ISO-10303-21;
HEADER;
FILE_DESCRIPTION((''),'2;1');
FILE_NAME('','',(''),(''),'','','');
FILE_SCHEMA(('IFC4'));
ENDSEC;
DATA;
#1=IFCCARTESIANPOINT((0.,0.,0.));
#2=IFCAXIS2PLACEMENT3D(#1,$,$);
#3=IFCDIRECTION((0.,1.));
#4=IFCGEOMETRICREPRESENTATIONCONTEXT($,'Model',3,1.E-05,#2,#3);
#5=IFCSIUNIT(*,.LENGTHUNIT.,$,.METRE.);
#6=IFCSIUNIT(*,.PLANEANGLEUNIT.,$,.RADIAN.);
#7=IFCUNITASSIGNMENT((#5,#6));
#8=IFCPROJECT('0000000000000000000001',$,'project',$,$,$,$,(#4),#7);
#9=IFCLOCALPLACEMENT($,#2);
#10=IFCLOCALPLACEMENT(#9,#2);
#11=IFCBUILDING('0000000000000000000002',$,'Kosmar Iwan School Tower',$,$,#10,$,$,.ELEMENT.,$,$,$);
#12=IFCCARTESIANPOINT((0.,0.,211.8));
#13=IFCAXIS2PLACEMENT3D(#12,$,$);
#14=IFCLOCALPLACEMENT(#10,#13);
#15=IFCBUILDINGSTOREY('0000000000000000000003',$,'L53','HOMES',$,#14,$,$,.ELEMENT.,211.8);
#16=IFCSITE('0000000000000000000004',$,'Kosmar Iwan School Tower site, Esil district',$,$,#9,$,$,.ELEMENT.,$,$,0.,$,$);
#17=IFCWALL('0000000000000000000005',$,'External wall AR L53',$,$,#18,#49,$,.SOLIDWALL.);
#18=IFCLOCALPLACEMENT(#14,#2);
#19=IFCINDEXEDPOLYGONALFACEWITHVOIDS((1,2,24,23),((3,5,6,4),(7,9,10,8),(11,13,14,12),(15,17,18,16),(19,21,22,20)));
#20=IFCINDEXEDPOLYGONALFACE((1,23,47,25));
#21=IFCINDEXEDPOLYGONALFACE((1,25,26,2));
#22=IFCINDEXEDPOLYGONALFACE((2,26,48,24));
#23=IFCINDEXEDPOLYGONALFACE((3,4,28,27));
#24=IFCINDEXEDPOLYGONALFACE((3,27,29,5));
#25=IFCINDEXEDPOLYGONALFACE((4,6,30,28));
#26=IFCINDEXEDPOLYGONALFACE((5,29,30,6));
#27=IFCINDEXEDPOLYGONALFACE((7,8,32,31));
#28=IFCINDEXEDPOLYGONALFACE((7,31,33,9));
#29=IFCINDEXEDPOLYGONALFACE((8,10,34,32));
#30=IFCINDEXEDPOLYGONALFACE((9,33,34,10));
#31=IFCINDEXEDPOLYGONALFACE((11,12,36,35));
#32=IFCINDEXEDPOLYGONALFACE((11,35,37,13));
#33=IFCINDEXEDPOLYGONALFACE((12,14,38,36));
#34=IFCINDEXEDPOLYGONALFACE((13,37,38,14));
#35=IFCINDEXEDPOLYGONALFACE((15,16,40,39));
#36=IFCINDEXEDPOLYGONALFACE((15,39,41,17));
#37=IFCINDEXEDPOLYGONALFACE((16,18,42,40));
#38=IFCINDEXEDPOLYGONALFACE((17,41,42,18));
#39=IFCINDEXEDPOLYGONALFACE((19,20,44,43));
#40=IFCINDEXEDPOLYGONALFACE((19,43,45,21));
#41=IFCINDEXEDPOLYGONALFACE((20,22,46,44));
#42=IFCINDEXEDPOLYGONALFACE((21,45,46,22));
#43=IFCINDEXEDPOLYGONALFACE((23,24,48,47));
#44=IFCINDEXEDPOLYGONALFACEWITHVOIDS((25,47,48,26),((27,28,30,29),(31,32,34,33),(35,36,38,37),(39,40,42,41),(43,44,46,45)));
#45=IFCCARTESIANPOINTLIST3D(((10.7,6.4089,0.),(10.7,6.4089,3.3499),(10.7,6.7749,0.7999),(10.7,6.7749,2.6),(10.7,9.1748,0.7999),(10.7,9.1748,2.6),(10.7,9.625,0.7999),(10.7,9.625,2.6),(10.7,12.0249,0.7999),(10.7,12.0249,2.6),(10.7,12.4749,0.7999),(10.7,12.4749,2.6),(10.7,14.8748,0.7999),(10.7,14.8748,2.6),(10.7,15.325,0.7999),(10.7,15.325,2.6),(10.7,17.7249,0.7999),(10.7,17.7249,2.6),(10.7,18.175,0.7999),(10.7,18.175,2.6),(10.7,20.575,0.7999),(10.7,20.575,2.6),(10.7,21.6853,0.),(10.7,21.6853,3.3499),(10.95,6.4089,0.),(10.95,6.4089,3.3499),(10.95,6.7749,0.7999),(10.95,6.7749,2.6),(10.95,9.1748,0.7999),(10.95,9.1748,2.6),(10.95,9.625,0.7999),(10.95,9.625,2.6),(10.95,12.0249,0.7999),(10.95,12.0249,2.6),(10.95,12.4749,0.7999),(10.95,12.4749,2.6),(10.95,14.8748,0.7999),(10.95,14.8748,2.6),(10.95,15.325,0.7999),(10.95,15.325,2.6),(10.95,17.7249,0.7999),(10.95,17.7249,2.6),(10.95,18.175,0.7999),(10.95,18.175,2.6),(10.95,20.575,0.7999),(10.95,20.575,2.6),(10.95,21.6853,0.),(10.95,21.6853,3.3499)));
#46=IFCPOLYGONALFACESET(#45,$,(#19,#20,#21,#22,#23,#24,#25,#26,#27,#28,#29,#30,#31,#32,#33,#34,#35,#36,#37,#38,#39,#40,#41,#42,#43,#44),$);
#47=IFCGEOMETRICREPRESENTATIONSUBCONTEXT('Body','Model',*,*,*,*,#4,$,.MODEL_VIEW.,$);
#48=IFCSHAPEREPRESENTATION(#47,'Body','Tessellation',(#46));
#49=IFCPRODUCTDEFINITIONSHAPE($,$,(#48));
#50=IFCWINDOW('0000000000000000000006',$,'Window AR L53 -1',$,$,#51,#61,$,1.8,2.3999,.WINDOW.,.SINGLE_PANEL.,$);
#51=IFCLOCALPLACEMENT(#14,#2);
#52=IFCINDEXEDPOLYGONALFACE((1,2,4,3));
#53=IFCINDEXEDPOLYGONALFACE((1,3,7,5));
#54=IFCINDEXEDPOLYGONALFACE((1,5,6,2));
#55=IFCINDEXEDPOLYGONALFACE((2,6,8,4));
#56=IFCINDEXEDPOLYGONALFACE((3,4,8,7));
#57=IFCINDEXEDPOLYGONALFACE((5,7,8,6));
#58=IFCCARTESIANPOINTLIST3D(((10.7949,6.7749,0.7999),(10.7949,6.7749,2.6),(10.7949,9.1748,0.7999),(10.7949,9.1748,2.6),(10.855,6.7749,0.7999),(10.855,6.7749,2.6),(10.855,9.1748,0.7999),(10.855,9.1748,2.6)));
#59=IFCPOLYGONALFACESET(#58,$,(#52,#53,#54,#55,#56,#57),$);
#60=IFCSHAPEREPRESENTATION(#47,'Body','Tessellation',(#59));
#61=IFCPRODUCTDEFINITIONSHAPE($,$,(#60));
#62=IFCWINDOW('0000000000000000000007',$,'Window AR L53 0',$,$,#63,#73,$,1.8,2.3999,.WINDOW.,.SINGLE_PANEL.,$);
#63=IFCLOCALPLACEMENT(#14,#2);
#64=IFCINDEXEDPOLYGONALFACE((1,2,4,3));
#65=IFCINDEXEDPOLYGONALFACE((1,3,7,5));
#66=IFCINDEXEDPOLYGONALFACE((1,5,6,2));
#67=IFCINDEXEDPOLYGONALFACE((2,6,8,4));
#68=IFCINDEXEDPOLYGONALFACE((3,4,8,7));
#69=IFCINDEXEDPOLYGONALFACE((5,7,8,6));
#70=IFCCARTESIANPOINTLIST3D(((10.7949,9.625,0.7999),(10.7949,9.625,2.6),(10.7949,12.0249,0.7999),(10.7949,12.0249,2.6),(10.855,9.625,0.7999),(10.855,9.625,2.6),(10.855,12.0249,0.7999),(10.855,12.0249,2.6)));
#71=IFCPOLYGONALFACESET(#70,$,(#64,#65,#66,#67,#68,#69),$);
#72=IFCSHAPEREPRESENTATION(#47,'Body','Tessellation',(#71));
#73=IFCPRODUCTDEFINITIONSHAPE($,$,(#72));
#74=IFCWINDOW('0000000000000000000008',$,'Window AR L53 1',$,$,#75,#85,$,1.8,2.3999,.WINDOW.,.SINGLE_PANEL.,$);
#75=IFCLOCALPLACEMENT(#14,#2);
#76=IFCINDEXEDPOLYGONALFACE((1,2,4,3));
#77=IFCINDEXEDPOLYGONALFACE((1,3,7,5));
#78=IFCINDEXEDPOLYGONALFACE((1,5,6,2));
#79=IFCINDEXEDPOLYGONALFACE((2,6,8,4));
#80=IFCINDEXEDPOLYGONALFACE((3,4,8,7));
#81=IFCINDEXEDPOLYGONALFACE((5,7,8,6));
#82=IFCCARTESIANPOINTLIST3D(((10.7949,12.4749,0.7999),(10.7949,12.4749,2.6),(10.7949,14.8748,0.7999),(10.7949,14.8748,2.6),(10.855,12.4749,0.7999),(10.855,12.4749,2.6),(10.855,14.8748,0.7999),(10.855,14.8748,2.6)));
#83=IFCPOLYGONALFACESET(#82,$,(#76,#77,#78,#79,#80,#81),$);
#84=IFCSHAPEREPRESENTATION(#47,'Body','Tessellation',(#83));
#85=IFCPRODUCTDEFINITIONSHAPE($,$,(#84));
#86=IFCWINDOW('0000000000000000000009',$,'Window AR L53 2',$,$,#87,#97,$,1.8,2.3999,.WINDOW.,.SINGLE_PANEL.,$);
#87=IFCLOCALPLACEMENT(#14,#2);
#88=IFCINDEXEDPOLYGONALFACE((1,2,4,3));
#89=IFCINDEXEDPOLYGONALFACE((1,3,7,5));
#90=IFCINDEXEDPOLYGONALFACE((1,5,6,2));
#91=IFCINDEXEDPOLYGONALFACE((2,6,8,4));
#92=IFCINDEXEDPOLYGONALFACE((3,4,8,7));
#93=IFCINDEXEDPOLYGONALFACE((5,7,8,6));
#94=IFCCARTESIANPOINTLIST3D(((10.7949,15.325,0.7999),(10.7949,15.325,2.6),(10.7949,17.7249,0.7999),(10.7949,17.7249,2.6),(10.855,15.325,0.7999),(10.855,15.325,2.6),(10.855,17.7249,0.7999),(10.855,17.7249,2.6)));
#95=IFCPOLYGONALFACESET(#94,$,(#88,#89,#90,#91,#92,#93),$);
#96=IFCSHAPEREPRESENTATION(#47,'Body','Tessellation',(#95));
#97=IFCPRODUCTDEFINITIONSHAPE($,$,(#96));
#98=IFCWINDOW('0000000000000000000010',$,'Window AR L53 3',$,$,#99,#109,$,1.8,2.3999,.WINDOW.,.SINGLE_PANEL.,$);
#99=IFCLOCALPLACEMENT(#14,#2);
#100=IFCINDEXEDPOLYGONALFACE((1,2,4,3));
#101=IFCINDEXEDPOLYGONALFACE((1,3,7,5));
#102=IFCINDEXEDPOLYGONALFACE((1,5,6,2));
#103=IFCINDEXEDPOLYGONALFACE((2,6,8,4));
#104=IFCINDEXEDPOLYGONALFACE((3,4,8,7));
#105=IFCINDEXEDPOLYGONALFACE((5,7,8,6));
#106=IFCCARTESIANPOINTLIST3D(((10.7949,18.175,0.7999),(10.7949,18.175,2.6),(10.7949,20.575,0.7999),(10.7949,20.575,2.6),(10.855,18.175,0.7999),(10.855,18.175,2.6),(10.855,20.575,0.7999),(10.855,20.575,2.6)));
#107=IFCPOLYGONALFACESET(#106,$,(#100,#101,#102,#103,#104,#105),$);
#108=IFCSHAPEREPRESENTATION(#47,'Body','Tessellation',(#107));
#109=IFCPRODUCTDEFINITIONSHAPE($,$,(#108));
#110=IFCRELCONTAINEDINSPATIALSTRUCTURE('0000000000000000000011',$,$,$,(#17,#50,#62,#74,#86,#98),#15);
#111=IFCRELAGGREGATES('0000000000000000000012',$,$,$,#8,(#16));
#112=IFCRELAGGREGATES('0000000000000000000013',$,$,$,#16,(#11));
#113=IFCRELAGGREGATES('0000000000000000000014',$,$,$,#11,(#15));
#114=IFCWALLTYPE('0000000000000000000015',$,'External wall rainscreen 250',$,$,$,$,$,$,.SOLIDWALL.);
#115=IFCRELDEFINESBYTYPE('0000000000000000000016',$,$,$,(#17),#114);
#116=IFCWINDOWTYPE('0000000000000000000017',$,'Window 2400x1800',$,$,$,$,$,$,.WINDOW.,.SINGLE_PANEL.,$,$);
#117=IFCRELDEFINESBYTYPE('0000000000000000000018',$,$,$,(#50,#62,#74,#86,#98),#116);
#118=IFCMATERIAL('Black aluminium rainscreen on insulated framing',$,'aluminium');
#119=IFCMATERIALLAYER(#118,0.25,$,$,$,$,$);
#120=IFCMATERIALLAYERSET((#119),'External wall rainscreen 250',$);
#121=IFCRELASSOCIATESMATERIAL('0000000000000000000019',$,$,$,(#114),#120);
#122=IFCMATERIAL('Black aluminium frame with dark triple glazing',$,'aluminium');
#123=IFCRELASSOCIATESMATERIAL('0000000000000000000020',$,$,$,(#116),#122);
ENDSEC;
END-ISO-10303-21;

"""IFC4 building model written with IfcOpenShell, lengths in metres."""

from ifc_helpers import new_model, si_unit, direction, frame, frame_2d, origin, place, context, subcontext, project, spatial, rectangle, extrude, material, layer, layer_set, type_object, element, fill, save


model = new_model("IFC4")

# Units and contexts
model_context = context("Model", 3, precision=1e-05, world=origin(), true_north=direction((0.0, 1.0)))
body_context = subcontext(model_context, "Body", "Model", "MODEL_VIEW")
ifc_project = project(units=[si_unit("LENGTHUNIT", "METRE"), si_unit("PLANEANGLEUNIT", "RADIAN")], contexts=[model_context])

# Site, building, storey
site_placement = place(None, origin())
site = spatial("IfcSite", under=ifc_project, at=site_placement, Name="Kosmar Iwan School Tower site, Esil district", CompositionType="ELEMENT", RefElevation=0.0)
building_placement = place(site_placement, origin())
building = spatial("IfcBuilding", under=site, at=building_placement, Name="Kosmar Iwan School Tower", CompositionType="ELEMENT")
storey_placement = place(building_placement, frame((0.0, 0.0, 211.8)))
storey = spatial("IfcBuildingStorey", under=building, at=storey_placement, Name="L53", Description="HOMES", CompositionType="ELEMENT", Elevation=211.8)

# Wall, openings, windows
ifc_material_1 = material(Name="Black aluminium rainscreen on insulated framing", Category="aluminium")
ifc_layer_1 = layer(ifc_material_1, 0.25)
ifc_layer_set_1 = layer_set([ifc_layer_1], Name="External wall rainscreen 250")
wall_type_1 = type_object("IfcWallType", Name="External wall rainscreen 250", PredefinedType="SOLIDWALL", material=ifc_layer_set_1)
ifc_material_2 = material(Name="Black aluminium frame with dark triple glazing", Category="aluminium")
window_type = type_object("IfcWindowType", Name="Window 2400x1800", PartitioningType="SINGLE_PANEL", PredefinedType="WINDOW", material=ifc_material_2)
wall_1_placement = place(storey_placement, frame((10.825, 6.4089, 0.0), z_axis=(0.0, 0.0, 1.0), x_axis=(0.0, 1.0, 0.0)))
wall_1 = element("IfcWall", 1, at=wall_1_placement, inside=storey, type_object=wall_type_1, Name="External wall AR L53", PredefinedType="SOLIDWALL", context=body_context, shape_type="SweptSolid", body=[
    extrude(rectangle(XDim=15.2764, YDim=0.25, at=frame_2d((7.6382, 0.0))), origin(), (0.0, 0.0, 1.0), 3.3499),
])
opening_1_placement = place(wall_1_placement, frame((0.366, 0.0, 0.8)))
opening_1 = element("IfcOpeningElement", 2, at=opening_1_placement, cuts=wall_1, PredefinedType="OPENING", context=body_context, shape_type="SweptSolid", body=[
    extrude(rectangle(XDim=2.3999, YDim=1.8, at=frame_2d((1.2, 0.8999))), frame((0.0, 0.137, 0.0), z_axis=(0.0, -1.0, 0.0), x_axis=(1.0, 0.0, 0.0)), (0.0, 0.0, 1.0), 0.2739),
])
opening_2_placement = place(wall_1_placement, frame((3.2161, 0.0, 0.8)))
opening_2 = element("IfcOpeningElement", 3, at=opening_2_placement, cuts=wall_1, PredefinedType="OPENING", context=body_context, shape_type="SweptSolid", body=[
    extrude(rectangle(XDim=2.3999, YDim=1.8, at=frame_2d((1.2, 0.8999))), frame((0.0, 0.137, 0.0), z_axis=(0.0, -1.0, 0.0), x_axis=(1.0, 0.0, 0.0)), (0.0, 0.0, 1.0), 0.2739),
])
opening_3_placement = place(wall_1_placement, frame((6.0659, 0.0, 0.8)))
opening_3 = element("IfcOpeningElement", 4, at=opening_3_placement, cuts=wall_1, PredefinedType="OPENING", context=body_context, shape_type="SweptSolid", body=[
    extrude(rectangle(XDim=2.3999, YDim=1.8, at=frame_2d((1.2, 0.8999))), frame((0.0, 0.137, 0.0), z_axis=(0.0, -1.0, 0.0), x_axis=(1.0, 0.0, 0.0)), (0.0, 0.0, 1.0), 0.2739),
])
opening_4_placement = place(wall_1_placement, frame((8.916, 0.0, 0.8)))
opening_4 = element("IfcOpeningElement", 5, at=opening_4_placement, cuts=wall_1, PredefinedType="OPENING", context=body_context, shape_type="SweptSolid", body=[
    extrude(rectangle(XDim=2.3999, YDim=1.8, at=frame_2d((1.2, 0.8999))), frame((0.0, 0.137, 0.0), z_axis=(0.0, -1.0, 0.0), x_axis=(1.0, 0.0, 0.0)), (0.0, 0.0, 1.0), 0.2739),
])
opening_5_placement = place(wall_1_placement, frame((11.7661, 0.0, 0.8)))
opening_5 = element("IfcOpeningElement", 6, at=opening_5_placement, cuts=wall_1, PredefinedType="OPENING", context=body_context, shape_type="SweptSolid", body=[
    extrude(rectangle(XDim=2.3999, YDim=1.8, at=frame_2d((1.2, 0.8999))), frame((0.0, 0.137, 0.0), z_axis=(0.0, -1.0, 0.0), x_axis=(1.0, 0.0, 0.0)), (0.0, 0.0, 1.0), 0.2739),
])
window_1_placement = place(opening_1_placement, origin())
window_1 = element("IfcWindow", 7, at=window_1_placement, inside=storey, type_object=window_type, Name="Window AR L53 -1", OverallHeight=1.8, OverallWidth=2.3999, PartitioningType="SINGLE_PANEL", PredefinedType="WINDOW", context=body_context, shape_type="SweptSolid", body=[
    extrude(rectangle(XDim=2.3999, YDim=1.8, at=frame_2d((1.2, 0.8999))), frame((0.0, 0.03, 0.0), z_axis=(0.0, -1.0, 0.0), x_axis=(1.0, 0.0, 0.0)), (0.0, 0.0, 1.0), 0.0601),
])
fill(opening_1, window_1)
window_2_placement = place(opening_2_placement, origin())
window_2 = element("IfcWindow", 8, at=window_2_placement, inside=storey, type_object=window_type, Name="Window AR L53 0", OverallHeight=1.8, OverallWidth=2.3999, PartitioningType="SINGLE_PANEL", PredefinedType="WINDOW", context=body_context, shape_type="SweptSolid", body=[
    extrude(rectangle(XDim=2.3999, YDim=1.8, at=frame_2d((1.2, 0.8999))), frame((0.0, 0.03, 0.0), z_axis=(0.0, -1.0, 0.0), x_axis=(1.0, 0.0, 0.0)), (0.0, 0.0, 1.0), 0.0601),
])
fill(opening_2, window_2)
window_3_placement = place(opening_3_placement, origin())
window_3 = element("IfcWindow", 9, at=window_3_placement, inside=storey, type_object=window_type, Name="Window AR L53 1", OverallHeight=1.8, OverallWidth=2.3999, PartitioningType="SINGLE_PANEL", PredefinedType="WINDOW", context=body_context, shape_type="SweptSolid", body=[
    extrude(rectangle(XDim=2.3999, YDim=1.8, at=frame_2d((1.2, 0.8999))), frame((0.0, 0.03, 0.0), z_axis=(0.0, -1.0, 0.0), x_axis=(1.0, 0.0, 0.0)), (0.0, 0.0, 1.0), 0.0601),
])
fill(opening_3, window_3)
window_4_placement = place(opening_4_placement, origin())
window_4 = element("IfcWindow", 10, at=window_4_placement, inside=storey, type_object=window_type, Name="Window AR L53 2", OverallHeight=1.8, OverallWidth=2.3999, PartitioningType="SINGLE_PANEL", PredefinedType="WINDOW", context=body_context, shape_type="SweptSolid", body=[
    extrude(rectangle(XDim=2.3999, YDim=1.8, at=frame_2d((1.2, 0.8999))), frame((0.0, 0.03, 0.0), z_axis=(0.0, -1.0, 0.0), x_axis=(1.0, 0.0, 0.0)), (0.0, 0.0, 1.0), 0.0601),
])
fill(opening_4, window_4)
window_5_placement = place(opening_5_placement, origin())
window_5 = element("IfcWindow", 11, at=window_5_placement, inside=storey, type_object=window_type, Name="Window AR L53 3", OverallHeight=1.8, OverallWidth=2.3999, PartitioningType="SINGLE_PANEL", PredefinedType="WINDOW", context=body_context, shape_type="SweptSolid", body=[
    extrude(rectangle(XDim=2.3999, YDim=1.8, at=frame_2d((1.2, 0.8999))), frame((0.0, 0.03, 0.0), z_axis=(0.0, -1.0, 0.0), x_axis=(1.0, 0.0, 0.0)), (0.0, 0.0, 1.0), 0.0601),
])
fill(opening_5, window_5)

save(model, "model.ifc")
